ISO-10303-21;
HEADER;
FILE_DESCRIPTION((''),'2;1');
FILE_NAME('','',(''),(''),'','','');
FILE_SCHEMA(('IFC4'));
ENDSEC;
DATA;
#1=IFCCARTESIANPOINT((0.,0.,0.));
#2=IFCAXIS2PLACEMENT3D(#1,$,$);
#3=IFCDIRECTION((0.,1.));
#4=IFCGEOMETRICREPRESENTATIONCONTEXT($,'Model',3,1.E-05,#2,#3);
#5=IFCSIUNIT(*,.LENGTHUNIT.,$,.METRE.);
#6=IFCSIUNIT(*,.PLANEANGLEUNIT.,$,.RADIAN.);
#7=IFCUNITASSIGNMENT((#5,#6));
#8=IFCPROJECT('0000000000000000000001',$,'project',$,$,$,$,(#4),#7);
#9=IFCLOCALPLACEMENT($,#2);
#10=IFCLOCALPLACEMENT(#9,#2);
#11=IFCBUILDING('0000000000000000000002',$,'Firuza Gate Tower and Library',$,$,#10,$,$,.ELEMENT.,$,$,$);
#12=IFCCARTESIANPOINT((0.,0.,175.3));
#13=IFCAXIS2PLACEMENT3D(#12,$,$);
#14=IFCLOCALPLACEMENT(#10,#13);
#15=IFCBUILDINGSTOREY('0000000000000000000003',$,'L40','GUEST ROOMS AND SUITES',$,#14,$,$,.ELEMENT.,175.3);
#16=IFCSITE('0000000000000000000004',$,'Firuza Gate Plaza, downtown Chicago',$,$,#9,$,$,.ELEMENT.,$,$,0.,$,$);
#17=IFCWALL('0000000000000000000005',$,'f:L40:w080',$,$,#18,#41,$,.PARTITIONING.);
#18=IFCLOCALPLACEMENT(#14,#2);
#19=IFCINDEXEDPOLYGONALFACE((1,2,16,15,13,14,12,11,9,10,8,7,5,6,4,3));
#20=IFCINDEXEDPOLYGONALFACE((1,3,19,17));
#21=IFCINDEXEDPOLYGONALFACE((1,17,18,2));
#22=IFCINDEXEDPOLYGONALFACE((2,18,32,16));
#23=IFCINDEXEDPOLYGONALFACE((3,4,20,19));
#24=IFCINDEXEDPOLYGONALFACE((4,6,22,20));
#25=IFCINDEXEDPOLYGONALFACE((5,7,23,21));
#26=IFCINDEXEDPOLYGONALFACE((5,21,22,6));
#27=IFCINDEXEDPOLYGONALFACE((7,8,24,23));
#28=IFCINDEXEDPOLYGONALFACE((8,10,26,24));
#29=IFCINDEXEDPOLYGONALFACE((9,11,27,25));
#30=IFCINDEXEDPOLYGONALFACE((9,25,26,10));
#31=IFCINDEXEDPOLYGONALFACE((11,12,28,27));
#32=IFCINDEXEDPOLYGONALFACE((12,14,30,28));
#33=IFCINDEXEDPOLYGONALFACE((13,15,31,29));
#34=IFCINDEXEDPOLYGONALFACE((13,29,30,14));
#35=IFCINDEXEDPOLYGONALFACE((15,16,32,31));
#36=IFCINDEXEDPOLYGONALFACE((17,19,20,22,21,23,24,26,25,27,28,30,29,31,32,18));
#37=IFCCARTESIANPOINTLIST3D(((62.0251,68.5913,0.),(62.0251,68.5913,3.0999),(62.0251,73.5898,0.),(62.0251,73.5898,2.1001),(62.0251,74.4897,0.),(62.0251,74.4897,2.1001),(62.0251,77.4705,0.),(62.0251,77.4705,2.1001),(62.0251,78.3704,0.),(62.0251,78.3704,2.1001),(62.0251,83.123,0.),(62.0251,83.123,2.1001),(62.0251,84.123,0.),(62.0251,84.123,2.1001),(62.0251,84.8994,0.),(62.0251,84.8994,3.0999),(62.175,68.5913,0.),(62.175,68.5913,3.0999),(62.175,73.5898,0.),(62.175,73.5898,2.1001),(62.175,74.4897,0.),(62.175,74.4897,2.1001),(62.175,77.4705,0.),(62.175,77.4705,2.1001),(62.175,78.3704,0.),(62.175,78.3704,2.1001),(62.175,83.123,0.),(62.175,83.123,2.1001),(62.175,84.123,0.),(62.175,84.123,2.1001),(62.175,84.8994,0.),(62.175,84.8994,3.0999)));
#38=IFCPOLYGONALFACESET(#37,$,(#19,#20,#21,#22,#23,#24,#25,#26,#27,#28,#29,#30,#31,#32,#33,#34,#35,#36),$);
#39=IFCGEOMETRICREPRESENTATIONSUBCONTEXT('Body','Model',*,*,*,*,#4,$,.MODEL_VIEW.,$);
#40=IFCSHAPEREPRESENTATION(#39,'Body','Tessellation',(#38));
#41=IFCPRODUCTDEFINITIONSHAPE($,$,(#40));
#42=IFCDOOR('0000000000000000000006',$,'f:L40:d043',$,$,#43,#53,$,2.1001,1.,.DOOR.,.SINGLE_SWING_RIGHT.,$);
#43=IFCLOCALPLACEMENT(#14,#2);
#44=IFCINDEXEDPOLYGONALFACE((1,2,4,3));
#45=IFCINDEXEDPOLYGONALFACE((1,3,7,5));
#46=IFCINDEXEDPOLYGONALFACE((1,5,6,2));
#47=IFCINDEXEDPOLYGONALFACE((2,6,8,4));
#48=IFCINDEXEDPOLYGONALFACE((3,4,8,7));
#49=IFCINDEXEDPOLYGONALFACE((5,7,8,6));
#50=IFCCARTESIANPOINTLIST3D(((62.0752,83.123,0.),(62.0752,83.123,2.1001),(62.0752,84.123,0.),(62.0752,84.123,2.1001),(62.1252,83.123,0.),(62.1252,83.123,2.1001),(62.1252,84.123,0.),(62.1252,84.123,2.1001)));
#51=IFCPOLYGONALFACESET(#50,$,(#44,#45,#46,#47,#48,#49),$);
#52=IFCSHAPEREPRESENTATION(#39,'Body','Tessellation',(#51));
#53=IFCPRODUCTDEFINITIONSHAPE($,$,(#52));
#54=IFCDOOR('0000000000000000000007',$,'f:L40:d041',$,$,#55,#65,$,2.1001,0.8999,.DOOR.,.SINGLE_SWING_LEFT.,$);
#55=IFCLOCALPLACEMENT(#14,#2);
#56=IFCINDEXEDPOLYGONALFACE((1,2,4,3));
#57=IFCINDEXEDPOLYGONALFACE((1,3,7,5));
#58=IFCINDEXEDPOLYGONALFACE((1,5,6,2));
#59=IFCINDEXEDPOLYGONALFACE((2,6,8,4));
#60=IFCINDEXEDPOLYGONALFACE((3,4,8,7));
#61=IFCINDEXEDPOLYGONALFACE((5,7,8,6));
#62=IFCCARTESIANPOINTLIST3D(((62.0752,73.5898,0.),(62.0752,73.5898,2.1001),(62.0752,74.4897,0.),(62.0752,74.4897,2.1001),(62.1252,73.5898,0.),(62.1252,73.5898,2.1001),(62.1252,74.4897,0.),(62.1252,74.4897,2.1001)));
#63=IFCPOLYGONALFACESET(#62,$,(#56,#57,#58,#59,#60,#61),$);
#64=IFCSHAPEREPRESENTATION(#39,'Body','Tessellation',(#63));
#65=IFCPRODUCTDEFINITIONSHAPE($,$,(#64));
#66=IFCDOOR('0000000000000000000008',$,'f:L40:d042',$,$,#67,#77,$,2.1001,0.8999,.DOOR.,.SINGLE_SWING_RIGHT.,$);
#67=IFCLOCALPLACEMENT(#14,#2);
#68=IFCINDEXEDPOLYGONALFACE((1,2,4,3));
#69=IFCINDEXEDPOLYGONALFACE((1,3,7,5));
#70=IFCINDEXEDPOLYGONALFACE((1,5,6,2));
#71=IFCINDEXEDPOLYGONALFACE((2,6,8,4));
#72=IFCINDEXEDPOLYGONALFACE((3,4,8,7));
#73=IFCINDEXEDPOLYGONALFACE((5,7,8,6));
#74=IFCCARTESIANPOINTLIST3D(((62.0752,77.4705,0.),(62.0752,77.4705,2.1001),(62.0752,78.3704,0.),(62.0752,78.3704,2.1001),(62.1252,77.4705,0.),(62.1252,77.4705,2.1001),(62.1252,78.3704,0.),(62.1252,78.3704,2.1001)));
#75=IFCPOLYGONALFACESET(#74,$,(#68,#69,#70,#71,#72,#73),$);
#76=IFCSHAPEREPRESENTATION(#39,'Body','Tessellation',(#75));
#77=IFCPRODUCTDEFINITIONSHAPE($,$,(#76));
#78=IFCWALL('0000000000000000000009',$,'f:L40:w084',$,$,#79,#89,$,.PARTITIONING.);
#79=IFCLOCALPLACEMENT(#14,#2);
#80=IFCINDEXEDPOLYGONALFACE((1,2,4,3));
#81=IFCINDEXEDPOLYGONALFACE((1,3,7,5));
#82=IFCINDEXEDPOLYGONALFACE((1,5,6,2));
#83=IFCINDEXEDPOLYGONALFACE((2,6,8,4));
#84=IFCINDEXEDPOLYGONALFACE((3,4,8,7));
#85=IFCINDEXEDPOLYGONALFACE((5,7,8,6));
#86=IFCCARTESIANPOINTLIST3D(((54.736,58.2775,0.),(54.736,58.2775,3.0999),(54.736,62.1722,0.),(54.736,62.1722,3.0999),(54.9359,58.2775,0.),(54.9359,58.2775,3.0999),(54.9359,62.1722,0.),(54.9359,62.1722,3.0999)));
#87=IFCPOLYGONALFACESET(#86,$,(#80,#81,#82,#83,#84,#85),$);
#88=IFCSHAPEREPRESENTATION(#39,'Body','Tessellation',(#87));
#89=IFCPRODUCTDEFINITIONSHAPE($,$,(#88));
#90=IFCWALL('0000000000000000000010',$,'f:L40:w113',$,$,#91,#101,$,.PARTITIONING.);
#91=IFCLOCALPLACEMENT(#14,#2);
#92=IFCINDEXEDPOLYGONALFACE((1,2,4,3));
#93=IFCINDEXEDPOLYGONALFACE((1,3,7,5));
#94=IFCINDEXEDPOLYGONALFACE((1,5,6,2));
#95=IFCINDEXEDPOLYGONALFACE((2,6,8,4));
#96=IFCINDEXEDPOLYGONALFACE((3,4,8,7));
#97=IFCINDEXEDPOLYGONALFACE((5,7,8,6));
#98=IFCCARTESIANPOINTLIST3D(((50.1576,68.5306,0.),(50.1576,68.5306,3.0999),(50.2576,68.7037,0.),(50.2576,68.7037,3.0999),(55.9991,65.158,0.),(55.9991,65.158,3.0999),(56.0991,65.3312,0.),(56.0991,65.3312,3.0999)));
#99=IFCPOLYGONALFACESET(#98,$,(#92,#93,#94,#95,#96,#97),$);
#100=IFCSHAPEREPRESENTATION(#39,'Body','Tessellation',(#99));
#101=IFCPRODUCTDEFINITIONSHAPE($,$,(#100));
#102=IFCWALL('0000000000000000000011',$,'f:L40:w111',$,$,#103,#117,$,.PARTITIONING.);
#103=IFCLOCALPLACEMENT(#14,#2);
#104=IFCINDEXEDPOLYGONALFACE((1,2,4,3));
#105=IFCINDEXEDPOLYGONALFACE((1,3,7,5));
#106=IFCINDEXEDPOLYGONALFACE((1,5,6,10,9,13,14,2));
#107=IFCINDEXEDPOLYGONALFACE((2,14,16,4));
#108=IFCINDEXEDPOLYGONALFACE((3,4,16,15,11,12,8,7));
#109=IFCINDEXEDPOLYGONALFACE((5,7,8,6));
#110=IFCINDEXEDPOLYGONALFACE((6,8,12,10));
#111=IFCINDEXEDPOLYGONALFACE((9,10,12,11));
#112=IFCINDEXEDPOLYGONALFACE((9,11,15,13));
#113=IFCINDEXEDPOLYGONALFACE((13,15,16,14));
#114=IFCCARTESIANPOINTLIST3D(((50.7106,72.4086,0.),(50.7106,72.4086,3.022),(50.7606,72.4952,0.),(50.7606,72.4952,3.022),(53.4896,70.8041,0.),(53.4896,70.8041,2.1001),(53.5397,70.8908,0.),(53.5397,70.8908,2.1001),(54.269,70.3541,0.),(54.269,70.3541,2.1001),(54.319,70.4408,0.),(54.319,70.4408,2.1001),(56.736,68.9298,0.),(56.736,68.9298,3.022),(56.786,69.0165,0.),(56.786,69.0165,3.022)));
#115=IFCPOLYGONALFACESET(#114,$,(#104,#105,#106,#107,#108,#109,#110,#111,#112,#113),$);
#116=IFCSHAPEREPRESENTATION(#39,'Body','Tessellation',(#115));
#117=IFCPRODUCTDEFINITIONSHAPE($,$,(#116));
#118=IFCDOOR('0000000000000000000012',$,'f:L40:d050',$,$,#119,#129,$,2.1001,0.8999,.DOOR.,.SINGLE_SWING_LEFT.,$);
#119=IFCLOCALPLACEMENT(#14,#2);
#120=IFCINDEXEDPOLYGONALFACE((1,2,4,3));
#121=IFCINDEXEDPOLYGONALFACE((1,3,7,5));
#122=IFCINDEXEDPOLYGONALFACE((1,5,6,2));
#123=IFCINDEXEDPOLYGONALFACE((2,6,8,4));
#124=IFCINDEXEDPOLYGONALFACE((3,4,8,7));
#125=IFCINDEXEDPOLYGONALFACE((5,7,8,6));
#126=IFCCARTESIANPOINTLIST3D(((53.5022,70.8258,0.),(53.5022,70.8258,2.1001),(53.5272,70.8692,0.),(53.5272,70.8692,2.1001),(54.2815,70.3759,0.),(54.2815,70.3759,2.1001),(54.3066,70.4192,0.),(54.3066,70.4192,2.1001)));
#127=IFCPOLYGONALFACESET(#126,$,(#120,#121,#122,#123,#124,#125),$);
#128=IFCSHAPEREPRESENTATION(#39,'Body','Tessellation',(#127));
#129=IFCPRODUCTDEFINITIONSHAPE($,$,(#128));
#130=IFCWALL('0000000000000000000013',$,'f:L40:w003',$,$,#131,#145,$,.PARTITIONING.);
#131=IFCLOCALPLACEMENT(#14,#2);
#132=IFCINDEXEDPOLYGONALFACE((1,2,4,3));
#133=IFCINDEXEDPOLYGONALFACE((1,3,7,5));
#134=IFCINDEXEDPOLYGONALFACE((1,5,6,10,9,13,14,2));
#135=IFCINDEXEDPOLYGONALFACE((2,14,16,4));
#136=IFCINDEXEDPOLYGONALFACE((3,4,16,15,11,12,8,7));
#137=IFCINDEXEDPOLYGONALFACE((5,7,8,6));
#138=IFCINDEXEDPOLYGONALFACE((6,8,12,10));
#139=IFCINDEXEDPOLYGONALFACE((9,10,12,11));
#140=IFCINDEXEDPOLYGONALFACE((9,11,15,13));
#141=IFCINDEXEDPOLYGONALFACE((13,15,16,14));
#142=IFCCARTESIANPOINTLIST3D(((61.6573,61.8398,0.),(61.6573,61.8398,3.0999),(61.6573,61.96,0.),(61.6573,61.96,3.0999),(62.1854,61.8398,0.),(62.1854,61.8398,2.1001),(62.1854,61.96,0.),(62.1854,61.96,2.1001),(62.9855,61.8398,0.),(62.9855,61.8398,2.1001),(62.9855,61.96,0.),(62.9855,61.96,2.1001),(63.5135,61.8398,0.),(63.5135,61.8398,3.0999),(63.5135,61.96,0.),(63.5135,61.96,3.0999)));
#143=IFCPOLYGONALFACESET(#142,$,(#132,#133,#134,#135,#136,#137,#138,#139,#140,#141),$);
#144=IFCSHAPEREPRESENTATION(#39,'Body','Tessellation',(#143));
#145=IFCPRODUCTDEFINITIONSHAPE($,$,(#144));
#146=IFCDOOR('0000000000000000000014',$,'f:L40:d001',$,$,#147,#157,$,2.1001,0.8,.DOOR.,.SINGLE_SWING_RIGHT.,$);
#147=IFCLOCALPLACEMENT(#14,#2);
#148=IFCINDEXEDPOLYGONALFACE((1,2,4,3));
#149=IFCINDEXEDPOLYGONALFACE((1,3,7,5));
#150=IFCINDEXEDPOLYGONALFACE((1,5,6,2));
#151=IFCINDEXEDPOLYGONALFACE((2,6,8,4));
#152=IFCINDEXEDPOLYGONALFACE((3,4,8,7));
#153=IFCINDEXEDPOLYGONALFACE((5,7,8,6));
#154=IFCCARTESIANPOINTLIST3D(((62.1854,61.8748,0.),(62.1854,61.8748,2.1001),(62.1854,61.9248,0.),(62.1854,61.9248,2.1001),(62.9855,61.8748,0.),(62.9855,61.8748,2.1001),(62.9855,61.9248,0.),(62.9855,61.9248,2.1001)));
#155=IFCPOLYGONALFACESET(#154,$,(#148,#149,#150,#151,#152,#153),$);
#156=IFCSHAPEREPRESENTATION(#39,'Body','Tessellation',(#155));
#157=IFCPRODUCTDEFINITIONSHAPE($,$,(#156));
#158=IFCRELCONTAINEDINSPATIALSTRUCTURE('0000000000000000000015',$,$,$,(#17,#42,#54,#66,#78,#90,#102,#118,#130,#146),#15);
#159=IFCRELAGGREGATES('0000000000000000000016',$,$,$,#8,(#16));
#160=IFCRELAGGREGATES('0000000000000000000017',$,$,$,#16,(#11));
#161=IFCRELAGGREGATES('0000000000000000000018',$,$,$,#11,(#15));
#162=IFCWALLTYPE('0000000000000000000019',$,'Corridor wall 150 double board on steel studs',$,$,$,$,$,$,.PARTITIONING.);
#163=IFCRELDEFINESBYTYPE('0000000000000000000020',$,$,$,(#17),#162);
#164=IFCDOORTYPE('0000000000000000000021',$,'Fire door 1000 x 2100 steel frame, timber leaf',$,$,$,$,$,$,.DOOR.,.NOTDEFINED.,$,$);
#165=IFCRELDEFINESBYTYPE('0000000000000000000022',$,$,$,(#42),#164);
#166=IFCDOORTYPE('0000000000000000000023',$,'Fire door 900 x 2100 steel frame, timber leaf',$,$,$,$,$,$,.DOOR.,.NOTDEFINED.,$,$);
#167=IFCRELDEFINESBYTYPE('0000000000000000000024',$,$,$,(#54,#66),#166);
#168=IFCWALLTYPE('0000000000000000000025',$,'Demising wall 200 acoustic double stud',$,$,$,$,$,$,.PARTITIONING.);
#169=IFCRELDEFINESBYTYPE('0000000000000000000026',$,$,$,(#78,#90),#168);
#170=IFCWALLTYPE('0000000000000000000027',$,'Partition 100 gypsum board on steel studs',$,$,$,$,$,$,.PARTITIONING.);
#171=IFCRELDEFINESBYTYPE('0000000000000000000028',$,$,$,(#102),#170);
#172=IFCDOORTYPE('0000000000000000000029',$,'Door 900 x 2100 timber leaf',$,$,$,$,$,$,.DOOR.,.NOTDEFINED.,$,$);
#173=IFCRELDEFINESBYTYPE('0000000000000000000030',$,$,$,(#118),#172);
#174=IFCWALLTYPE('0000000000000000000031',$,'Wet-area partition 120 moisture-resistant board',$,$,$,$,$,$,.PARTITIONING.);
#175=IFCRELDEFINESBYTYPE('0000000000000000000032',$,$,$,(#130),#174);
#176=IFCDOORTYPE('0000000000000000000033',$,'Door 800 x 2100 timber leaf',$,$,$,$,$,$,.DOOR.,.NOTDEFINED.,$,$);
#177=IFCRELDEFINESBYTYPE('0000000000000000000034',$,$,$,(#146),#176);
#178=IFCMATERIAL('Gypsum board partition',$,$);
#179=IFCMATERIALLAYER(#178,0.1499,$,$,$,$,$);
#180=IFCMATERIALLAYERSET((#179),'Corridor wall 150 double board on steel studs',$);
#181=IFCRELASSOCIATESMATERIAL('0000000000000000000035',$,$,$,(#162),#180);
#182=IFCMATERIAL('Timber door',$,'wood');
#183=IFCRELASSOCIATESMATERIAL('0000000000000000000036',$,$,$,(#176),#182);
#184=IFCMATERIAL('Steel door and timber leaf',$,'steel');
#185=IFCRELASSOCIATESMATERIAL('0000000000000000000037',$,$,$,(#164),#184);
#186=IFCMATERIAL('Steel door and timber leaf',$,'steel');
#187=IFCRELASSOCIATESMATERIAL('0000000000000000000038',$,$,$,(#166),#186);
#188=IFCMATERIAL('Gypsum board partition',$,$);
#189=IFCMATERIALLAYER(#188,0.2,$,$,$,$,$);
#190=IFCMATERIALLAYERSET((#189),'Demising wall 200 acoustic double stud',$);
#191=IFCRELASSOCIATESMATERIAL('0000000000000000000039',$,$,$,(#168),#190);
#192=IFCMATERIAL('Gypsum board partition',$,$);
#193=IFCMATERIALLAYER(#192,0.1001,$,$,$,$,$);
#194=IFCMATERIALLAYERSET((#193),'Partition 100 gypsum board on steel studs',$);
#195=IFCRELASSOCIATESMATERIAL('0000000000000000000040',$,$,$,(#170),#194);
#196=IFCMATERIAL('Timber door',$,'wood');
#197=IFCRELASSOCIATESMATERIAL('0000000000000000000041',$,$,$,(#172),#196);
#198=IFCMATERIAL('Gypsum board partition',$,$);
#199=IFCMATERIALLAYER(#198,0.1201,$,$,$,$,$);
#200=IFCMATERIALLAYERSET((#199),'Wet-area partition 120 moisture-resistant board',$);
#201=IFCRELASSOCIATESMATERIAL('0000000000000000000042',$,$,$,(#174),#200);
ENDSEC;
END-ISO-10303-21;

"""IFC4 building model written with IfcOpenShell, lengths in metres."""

from ifc_helpers import new_model, si_unit, direction, frame, frame_2d, origin, place, context, subcontext, project, spatial, rectangle, extrude, material, layer, layer_set, type_object, element, fill, save


model = new_model("IFC4")

# Units and contexts
model_context = context("Model", 3, precision=1e-05, world=origin(), true_north=direction((0.0, 1.0)))
body_context = subcontext(model_context, "Body", "Model", "MODEL_VIEW")
ifc_project = project(units=[si_unit("LENGTHUNIT", "METRE"), si_unit("PLANEANGLEUNIT", "RADIAN")], contexts=[model_context])

# Site, building, storey
site_placement = place(None, origin())
site = spatial("IfcSite", under=ifc_project, at=site_placement, Name="Firuza Gate Plaza, downtown Chicago", CompositionType="ELEMENT", RefElevation=0.0)
building_placement = place(site_placement, origin())
building = spatial("IfcBuilding", under=site, at=building_placement, Name="Firuza Gate Tower and Library", CompositionType="ELEMENT")
storey_placement = place(building_placement, frame((0.0, 0.0, 175.3)))
storey = spatial("IfcBuildingStorey", under=building, at=storey_placement, Name="L40", Description="GUEST ROOMS AND SUITES", CompositionType="ELEMENT", Elevation=175.3)

# Shared definitions
ifc_material_1 = material(Name="Gypsum board partition")
ifc_layer_1 = layer(ifc_material_1, 0.1499)
ifc_layer_set_1 = layer_set([ifc_layer_1], Name="Corridor wall 150 double board on steel studs")
wall_type_1 = type_object("IfcWallType", Name="Corridor wall 150 double board on steel studs", PredefinedType="PARTITIONING", material=ifc_layer_set_1)

# Wall, openings, doors
ifc_material_2 = material(Name="Timber door", Category="wood")
door_type_1 = type_object("IfcDoorType", Name="Door 800 x 2100 timber leaf", OperationType="NOTDEFINED", PredefinedType="DOOR", material=ifc_material_2)
ifc_material_3 = material(Name="Steel door and timber leaf", Category="steel")
door_type_2 = type_object("IfcDoorType", Name="Fire door 1000 x 2100 steel frame, timber leaf", OperationType="NOTDEFINED", PredefinedType="DOOR", material=ifc_material_3)
ifc_material_4 = material(Name="Steel door and timber leaf", Category="steel")
door_type_3 = type_object("IfcDoorType", Name="Fire door 900 x 2100 steel frame, timber leaf", OperationType="NOTDEFINED", PredefinedType="DOOR", material=ifc_material_4)
wall_1_placement = place(storey_placement, frame((62.1001, 68.5913, 0.0), z_axis=(0.0, 0.0, 1.0), x_axis=(0.0, 1.0, 0.0)))
wall_1 = element("IfcWall", 1, at=wall_1_placement, inside=storey, type_object=wall_type_1, Name="f:L40:w080", PredefinedType="PARTITIONING", context=body_context, shape_type="SweptSolid", body=[
    extrude(rectangle(XDim=16.3081, YDim=0.1499, at=frame_2d((8.1541, 0.0))), origin(), (0.0, 0.0, 1.0), 3.0999),
])
opening_1_placement = place(wall_1_placement, frame((4.9985, 0.0, 0.0)))
opening_1 = element("IfcOpeningElement", 2, at=opening_1_placement, cuts=wall_1, PredefinedType="OPENING", context=body_context, shape_type="SweptSolid", body=[
    extrude(rectangle(XDim=0.8999, YDim=2.1001, at=frame_2d((0.45, 1.05))), frame((0.0, 0.085, 0.0), z_axis=(0.0, -1.0, 0.0), x_axis=(1.0, 0.0, 0.0)), (0.0, 0.0, 1.0), 0.1699),
])
opening_2_placement = place(wall_1_placement, frame((8.8792, 0.0, 0.0)))
opening_2 = element("IfcOpeningElement", 3, at=opening_2_placement, cuts=wall_1, PredefinedType="OPENING", context=body_context, shape_type="SweptSolid", body=[
    extrude(rectangle(XDim=0.8999, YDim=2.1001, at=frame_2d((0.45, 1.05))), frame((0.0, 0.085, 0.0), z_axis=(0.0, -1.0, 0.0), x_axis=(1.0, 0.0, 0.0)), (0.0, 0.0, 1.0), 0.1699),
])
opening_3_placement = place(wall_1_placement, frame((14.5317, 0.0, 0.0)))
opening_3 = element("IfcOpeningElement", 4, at=opening_3_placement, cuts=wall_1, PredefinedType="OPENING", context=body_context, shape_type="SweptSolid", body=[
    extrude(rectangle(XDim=1.0, YDim=2.1001, at=frame_2d((0.5, 1.05))), frame((0.0, 0.085, 0.0), z_axis=(0.0, -1.0, 0.0), x_axis=(1.0, 0.0, 0.0)), (0.0, 0.0, 1.0), 0.1699),
])
door_1_placement = place(opening_3_placement, origin())
door_1 = element("IfcDoor", 5, at=door_1_placement, inside=storey, type_object=door_type_2, Name="f:L40:d043", OperationType="SINGLE_SWING_RIGHT", OverallHeight=2.1001, OverallWidth=1.0, PredefinedType="DOOR", context=body_context, shape_type="SweptSolid", body=[
    extrude(rectangle(XDim=1.0, YDim=2.1001, at=frame_2d((0.5, 1.05))), frame((0.0, 0.0249, 0.0), z_axis=(0.0, -1.0, 0.0), x_axis=(1.0, 0.0, 0.0)), (0.0, 0.0, 1.0), 0.05),
])
fill(opening_3, door_1)
door_2_placement = place(opening_1_placement, origin())
door_2 = element("IfcDoor", 6, at=door_2_placement, inside=storey, type_object=door_type_3, Name="f:L40:d041", OperationType="SINGLE_SWING_LEFT", OverallHeight=2.1001, OverallWidth=0.8999, PredefinedType="DOOR", context=body_context, shape_type="SweptSolid", body=[
    extrude(rectangle(XDim=0.8999, YDim=2.1001, at=frame_2d((0.45, 1.05))), frame((0.0, 0.0249, 0.0), z_axis=(0.0, -1.0, 0.0), x_axis=(1.0, 0.0, 0.0)), (0.0, 0.0, 1.0), 0.05),
])
fill(opening_1, door_2)
door_3_placement = place(opening_2_placement, origin())
door_3 = element("IfcDoor", 7, at=door_3_placement, inside=storey, type_object=door_type_3, Name="f:L40:d042", OperationType="SINGLE_SWING_RIGHT", OverallHeight=2.1001, OverallWidth=0.8999, PredefinedType="DOOR", context=body_context, shape_type="SweptSolid", body=[
    extrude(rectangle(XDim=0.8999, YDim=2.1001, at=frame_2d((0.45, 1.05))), frame((0.0, 0.0249, 0.0), z_axis=(0.0, -1.0, 0.0), x_axis=(1.0, 0.0, 0.0)), (0.0, 0.0, 1.0), 0.05),
])
fill(opening_2, door_3)

# Walls
ifc_material_5 = material(Name="Gypsum board partition")
ifc_layer_2 = layer(ifc_material_5, 0.2)
ifc_layer_set_2 = layer_set([ifc_layer_2], Name="Demising wall 200 acoustic double stud")
wall_type_2 = type_object("IfcWallType", Name="Demising wall 200 acoustic double stud", PredefinedType="PARTITIONING", material=ifc_layer_set_2)
wall_2_placement = place(storey_placement, frame((54.8359, 58.2776, 0.0), z_axis=(0.0, 0.0, 1.0), x_axis=(0.0, 1.0, 0.0)))
element("IfcWall", 8, at=wall_2_placement, inside=storey, type_object=wall_type_2, Name="f:L40:w084", PredefinedType="PARTITIONING", context=body_context, shape_type="SweptSolid", body=[
    extrude(rectangle(XDim=3.8948, YDim=0.2, at=frame_2d((1.9473, 0.0))), origin(), (0.0, 0.0, 1.0), 3.0999),
])
wall_3_placement = place(storey_placement, frame((56.0491, 65.2446, 0.0), z_axis=(0.0, 0.0, 1.0), x_axis=(-0.866029, 0.499993, 0.0)))
element("IfcWall", 9, at=wall_3_placement, inside=storey, type_object=wall_type_2, Name="f:L40:w113", PredefinedType="PARTITIONING", context=body_context, shape_type="SweptSolid", body=[
    extrude(rectangle(XDim=6.7451, YDim=0.2, at=frame_2d((3.3726, 0.0))), origin(), (0.0, 0.0, 1.0), 3.0999),
])

# Walls, openings, doors
ifc_material_6 = material(Name="Gypsum board partition")
ifc_layer_3 = layer(ifc_material_6, 0.1001)
ifc_layer_set_3 = layer_set([ifc_layer_3], Name="Partition 100 gypsum board on steel studs")
wall_type_3 = type_object("IfcWallType", Name="Partition 100 gypsum board on steel studs", PredefinedType="PARTITIONING", material=ifc_layer_set_3)
wall_4_placement = place(storey_placement, frame((56.761, 68.9731, 0.0), z_axis=(0.0, 0.0, 1.0), x_axis=(-0.866025, 0.5, 0.0)))
wall_4 = element("IfcWall", 10, at=wall_4_placement, inside=storey, type_object=wall_type_3, Name="f:L40:w111", PredefinedType="PARTITIONING", context=body_context, shape_type="SweptSolid", body=[
    extrude(rectangle(XDim=6.9575, YDim=0.1001, at=frame_2d((3.4788, 0.0))), origin(), (0.0, 0.0, 1.0), 3.022),
])
opening_4_placement = place(wall_4_placement, frame((2.8486, 0.0, 0.0)))
opening_4 = element("IfcOpeningElement", 11, at=opening_4_placement, cuts=wall_4, PredefinedType="OPENING", context=body_context, shape_type="SweptSolid", body=[
    extrude(rectangle(XDim=0.8999, YDim=2.1001, at=frame_2d((0.45, 1.05))), frame((0.0, 0.0601, 0.0), z_axis=(0.0, -1.0, 0.0), x_axis=(1.0, 0.0, 0.0)), (0.0, 0.0, 1.0), 0.1201),
])
ifc_material_7 = material(Name="Timber door", Category="wood")
door_type_4 = type_object("IfcDoorType", Name="Door 900 x 2100 timber leaf", OperationType="NOTDEFINED", PredefinedType="DOOR", material=ifc_material_7)
door_4_placement = place(opening_4_placement, origin())
door_4 = element("IfcDoor", 12, at=door_4_placement, inside=storey, type_object=door_type_4, Name="f:L40:d050", OperationType="SINGLE_SWING_LEFT", OverallHeight=2.1001, OverallWidth=0.8999, PredefinedType="DOOR", context=body_context, shape_type="SweptSolid", body=[
    extrude(rectangle(XDim=0.8999, YDim=2.1001, at=frame_2d((0.45, 1.05))), frame((0.0, 0.0249, 0.0), z_axis=(0.0, -1.0, 0.0), x_axis=(1.0, 0.0, 0.0)), (0.0, 0.0, 1.0), 0.05),
])
fill(opening_4, door_4)
ifc_material_8 = material(Name="Gypsum board partition")
ifc_layer_4 = layer(ifc_material_8, 0.1201)
ifc_layer_set_4 = layer_set([ifc_layer_4], Name="Wet-area partition 120 moisture-resistant board")
wall_type_4 = type_object("IfcWallType", Name="Wet-area partition 120 moisture-resistant board", PredefinedType="PARTITIONING", material=ifc_layer_set_4)
wall_5_placement = place(storey_placement, frame((61.6572, 61.8999, 0.0), z_axis=(0.0, 0.0, 1.0), x_axis=(1.0, 0.0, 0.0)))
wall_5 = element("IfcWall", 13, at=wall_5_placement, inside=storey, type_object=wall_type_4, Name="f:L40:w003", PredefinedType="PARTITIONING", context=body_context, shape_type="SweptSolid", body=[
    extrude(rectangle(XDim=1.8562, YDim=0.1201, at=frame_2d((0.9282, 0.0))), origin(), (0.0, 0.0, 1.0), 3.0999),
])
opening_5_placement = place(wall_5_placement, frame((0.5283, 0.0, 0.0)))
opening_5 = element("IfcOpeningElement", 14, at=opening_5_placement, cuts=wall_5, PredefinedType="OPENING", context=body_context, shape_type="SweptSolid", body=[
    extrude(rectangle(XDim=0.8, YDim=2.1001, at=frame_2d((0.3999, 1.05))), frame((0.0, 0.0701, 0.0), z_axis=(0.0, -1.0, 0.0), x_axis=(1.0, 0.0, 0.0)), (0.0, 0.0, 1.0), 0.1401),
])
door_5_placement = place(opening_5_placement, origin())
door_5 = element("IfcDoor", 15, at=door_5_placement, inside=storey, type_object=door_type_1, Name="f:L40:d001", OperationType="SINGLE_SWING_RIGHT", OverallHeight=2.1001, OverallWidth=0.8, PredefinedType="DOOR", context=body_context, shape_type="SweptSolid", body=[
    extrude(rectangle(XDim=0.8, YDim=2.1001, at=frame_2d((0.3999, 1.05))), frame((0.0, 0.0249, 0.0), z_axis=(0.0, -1.0, 0.0), x_axis=(1.0, 0.0, 0.0)), (0.0, 0.0, 1.0), 0.05),
])
fill(opening_5, door_5)

save(model, "model.ifc")
